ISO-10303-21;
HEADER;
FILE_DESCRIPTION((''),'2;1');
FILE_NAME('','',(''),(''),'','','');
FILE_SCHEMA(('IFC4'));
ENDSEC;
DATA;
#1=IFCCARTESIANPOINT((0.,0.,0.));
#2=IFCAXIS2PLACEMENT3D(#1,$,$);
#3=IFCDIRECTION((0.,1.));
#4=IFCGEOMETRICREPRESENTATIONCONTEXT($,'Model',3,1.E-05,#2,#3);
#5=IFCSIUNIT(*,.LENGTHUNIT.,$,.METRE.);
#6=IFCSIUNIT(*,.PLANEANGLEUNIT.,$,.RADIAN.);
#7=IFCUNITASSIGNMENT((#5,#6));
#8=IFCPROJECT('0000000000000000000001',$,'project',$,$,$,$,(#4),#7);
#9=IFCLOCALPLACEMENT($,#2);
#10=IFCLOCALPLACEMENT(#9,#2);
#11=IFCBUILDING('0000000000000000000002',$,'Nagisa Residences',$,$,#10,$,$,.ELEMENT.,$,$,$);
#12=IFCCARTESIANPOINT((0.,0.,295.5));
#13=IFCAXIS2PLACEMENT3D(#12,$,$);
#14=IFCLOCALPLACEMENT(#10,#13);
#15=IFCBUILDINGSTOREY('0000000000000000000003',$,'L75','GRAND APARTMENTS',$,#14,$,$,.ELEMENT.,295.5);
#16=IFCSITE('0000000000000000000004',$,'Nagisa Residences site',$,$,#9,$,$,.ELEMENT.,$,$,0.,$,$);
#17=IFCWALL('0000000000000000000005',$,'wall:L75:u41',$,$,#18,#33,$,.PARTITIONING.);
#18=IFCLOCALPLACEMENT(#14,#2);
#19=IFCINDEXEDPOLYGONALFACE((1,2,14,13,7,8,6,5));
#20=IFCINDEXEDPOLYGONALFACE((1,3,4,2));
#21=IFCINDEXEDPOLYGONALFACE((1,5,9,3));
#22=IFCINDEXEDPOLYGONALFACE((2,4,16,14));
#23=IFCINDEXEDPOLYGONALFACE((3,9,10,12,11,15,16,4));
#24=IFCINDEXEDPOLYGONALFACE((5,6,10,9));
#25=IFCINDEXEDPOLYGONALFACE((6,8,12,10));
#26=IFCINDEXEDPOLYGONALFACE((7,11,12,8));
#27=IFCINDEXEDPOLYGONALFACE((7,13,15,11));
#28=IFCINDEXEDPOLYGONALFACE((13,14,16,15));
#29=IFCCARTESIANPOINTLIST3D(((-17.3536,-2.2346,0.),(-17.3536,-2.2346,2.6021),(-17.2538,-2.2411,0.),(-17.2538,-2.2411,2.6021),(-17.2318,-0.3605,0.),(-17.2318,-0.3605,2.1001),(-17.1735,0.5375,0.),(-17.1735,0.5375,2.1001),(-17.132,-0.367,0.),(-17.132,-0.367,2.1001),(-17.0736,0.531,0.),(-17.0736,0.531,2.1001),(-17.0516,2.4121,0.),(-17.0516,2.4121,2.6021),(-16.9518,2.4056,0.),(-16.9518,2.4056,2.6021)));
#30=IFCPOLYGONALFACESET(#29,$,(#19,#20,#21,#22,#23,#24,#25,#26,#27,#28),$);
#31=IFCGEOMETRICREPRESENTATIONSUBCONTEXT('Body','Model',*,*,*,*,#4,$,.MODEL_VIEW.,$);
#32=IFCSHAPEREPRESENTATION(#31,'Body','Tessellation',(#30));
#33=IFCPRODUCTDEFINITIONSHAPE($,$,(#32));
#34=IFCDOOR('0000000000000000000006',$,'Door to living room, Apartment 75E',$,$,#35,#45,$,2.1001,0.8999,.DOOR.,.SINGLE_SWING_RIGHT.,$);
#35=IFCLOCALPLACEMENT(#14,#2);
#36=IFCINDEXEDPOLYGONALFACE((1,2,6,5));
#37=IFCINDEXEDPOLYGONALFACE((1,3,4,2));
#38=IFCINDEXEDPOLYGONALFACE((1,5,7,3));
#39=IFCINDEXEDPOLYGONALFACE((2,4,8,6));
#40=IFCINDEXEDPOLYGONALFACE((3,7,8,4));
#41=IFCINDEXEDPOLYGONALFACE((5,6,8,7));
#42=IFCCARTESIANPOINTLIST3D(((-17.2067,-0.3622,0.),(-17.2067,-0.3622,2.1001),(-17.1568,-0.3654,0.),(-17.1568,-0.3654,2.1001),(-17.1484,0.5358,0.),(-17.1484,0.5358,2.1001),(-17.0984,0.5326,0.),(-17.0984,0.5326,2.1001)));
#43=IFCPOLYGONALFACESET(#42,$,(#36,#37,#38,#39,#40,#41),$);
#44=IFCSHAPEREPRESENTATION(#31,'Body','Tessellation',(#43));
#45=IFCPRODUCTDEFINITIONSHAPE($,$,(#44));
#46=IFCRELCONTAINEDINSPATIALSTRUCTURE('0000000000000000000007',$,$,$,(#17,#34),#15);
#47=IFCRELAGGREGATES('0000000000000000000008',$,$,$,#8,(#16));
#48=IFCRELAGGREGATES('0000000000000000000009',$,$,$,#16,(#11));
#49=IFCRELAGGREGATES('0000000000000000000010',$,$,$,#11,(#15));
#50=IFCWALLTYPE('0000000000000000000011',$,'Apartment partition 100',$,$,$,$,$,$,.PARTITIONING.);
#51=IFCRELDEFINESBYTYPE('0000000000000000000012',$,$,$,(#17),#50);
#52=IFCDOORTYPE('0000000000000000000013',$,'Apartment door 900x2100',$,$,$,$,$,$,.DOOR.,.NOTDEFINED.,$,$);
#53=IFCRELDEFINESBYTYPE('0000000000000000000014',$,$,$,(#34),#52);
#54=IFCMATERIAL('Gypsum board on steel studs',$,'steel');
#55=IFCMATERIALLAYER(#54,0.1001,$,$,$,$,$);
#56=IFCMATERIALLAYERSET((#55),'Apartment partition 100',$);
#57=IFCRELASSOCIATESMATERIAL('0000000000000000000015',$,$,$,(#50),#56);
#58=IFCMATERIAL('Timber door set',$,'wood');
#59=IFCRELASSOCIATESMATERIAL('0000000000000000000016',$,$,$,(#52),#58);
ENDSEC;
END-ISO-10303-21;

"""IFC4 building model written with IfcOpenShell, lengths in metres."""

from ifc_helpers import new_model, si_unit, direction, frame, frame_2d, origin, place, context, subcontext, project, spatial, rectangle, extrude, material, layer, layer_set, type_object, element, fill, save


model = new_model("IFC4")

# Units and contexts
model_context = context("Model", 3, precision=1e-05, world=origin(), true_north=direction((0.0, 1.0)))
body_context = subcontext(model_context, "Body", "Model", "MODEL_VIEW")
ifc_project = project(units=[si_unit("LENGTHUNIT", "METRE"), si_unit("PLANEANGLEUNIT", "RADIAN")], contexts=[model_context])

# Site, building, storey
site_placement = place(None, origin())
site = spatial("IfcSite", under=ifc_project, at=site_placement, Name="Nagisa Residences site", CompositionType="ELEMENT", RefElevation=0.0)
building_placement = place(site_placement, origin())
building = spatial("IfcBuilding", under=site, at=building_placement, Name="Nagisa Residences", CompositionType="ELEMENT")
storey_placement = place(building_placement, frame((0.0, 0.0, 295.5)))
storey = spatial("IfcBuildingStorey", under=building, at=storey_placement, Name="L75", Description="GRAND APARTMENTS", CompositionType="ELEMENT", Elevation=295.5)

# Wall, opening, door
ifc_material_1 = material(Name="Gypsum board on steel studs", Category="steel")
ifc_layer_1 = layer(ifc_material_1, 0.1001)
ifc_layer_set_1 = layer_set([ifc_layer_1], Name="Apartment partition 100")
wall_type_1 = type_object("IfcWallType", Name="Apartment partition 100", PredefinedType="PARTITIONING", material=ifc_layer_set_1)
ifc_material_2 = material(Name="Timber door set", Category="wood")
door_type_1 = type_object("IfcDoorType", Name="Apartment door 900x2100", OperationType="NOTDEFINED", PredefinedType="DOOR", material=ifc_material_2)
wall_1_placement = place(storey_placement, frame((-17.0017, 2.4087, 0.0), z_axis=(0.0, 0.0, 1.0), x_axis=(-0.064856, -0.997895, 0.0)))
wall_1 = element("IfcWall", 1, at=wall_1_placement, inside=storey, type_object=wall_type_1, Name="wall:L75:u41", PredefinedType="PARTITIONING", context=body_context, shape_type="SweptSolid", body=[
    extrude(rectangle(XDim=4.6565, YDim=0.1001, at=frame_2d((2.3281, 0.0))), origin(), (0.0, 0.0, 1.0), 2.6021),
])
opening_1_placement = place(wall_1_placement, frame((1.8784, 0.0, 0.0)))
opening_1 = element("IfcOpeningElement", 2, at=opening_1_placement, cuts=wall_1, PredefinedType="OPENING", context=body_context, shape_type="SweptSolid", body=[
    extrude(rectangle(XDim=0.8999, YDim=2.1001, at=frame_2d((0.45, 1.05))), frame((0.0, 0.0601, 0.0), z_axis=(0.0, -1.0, 0.0), x_axis=(1.0, 0.0, 0.0)), (0.0, 0.0, 1.0), 0.1201),
])
door_1_placement = place(opening_1_placement, frame((0.8999, 0.0, 0.0), x_axis=(-1.0, 0.0, 0.0)))
door_1 = element("IfcDoor", 3, at=door_1_placement, inside=storey, type_object=door_type_1, Name="Door to living room, Apartment 75E", OperationType="SINGLE_SWING_RIGHT", OverallHeight=2.1001, OverallWidth=0.8999, PredefinedType="DOOR", context=body_context, shape_type="SweptSolid", body=[
    extrude(rectangle(XDim=0.8999, YDim=2.1001, at=frame_2d((0.45, 1.05))), frame((0.0, 0.0249, 0.0), z_axis=(0.0, -1.0, 0.0), x_axis=(1.0, 0.0, 0.0)), (0.0, 0.0, 1.0), 0.05),
])
fill(opening_1, door_1)

save(model, "model.ifc")
